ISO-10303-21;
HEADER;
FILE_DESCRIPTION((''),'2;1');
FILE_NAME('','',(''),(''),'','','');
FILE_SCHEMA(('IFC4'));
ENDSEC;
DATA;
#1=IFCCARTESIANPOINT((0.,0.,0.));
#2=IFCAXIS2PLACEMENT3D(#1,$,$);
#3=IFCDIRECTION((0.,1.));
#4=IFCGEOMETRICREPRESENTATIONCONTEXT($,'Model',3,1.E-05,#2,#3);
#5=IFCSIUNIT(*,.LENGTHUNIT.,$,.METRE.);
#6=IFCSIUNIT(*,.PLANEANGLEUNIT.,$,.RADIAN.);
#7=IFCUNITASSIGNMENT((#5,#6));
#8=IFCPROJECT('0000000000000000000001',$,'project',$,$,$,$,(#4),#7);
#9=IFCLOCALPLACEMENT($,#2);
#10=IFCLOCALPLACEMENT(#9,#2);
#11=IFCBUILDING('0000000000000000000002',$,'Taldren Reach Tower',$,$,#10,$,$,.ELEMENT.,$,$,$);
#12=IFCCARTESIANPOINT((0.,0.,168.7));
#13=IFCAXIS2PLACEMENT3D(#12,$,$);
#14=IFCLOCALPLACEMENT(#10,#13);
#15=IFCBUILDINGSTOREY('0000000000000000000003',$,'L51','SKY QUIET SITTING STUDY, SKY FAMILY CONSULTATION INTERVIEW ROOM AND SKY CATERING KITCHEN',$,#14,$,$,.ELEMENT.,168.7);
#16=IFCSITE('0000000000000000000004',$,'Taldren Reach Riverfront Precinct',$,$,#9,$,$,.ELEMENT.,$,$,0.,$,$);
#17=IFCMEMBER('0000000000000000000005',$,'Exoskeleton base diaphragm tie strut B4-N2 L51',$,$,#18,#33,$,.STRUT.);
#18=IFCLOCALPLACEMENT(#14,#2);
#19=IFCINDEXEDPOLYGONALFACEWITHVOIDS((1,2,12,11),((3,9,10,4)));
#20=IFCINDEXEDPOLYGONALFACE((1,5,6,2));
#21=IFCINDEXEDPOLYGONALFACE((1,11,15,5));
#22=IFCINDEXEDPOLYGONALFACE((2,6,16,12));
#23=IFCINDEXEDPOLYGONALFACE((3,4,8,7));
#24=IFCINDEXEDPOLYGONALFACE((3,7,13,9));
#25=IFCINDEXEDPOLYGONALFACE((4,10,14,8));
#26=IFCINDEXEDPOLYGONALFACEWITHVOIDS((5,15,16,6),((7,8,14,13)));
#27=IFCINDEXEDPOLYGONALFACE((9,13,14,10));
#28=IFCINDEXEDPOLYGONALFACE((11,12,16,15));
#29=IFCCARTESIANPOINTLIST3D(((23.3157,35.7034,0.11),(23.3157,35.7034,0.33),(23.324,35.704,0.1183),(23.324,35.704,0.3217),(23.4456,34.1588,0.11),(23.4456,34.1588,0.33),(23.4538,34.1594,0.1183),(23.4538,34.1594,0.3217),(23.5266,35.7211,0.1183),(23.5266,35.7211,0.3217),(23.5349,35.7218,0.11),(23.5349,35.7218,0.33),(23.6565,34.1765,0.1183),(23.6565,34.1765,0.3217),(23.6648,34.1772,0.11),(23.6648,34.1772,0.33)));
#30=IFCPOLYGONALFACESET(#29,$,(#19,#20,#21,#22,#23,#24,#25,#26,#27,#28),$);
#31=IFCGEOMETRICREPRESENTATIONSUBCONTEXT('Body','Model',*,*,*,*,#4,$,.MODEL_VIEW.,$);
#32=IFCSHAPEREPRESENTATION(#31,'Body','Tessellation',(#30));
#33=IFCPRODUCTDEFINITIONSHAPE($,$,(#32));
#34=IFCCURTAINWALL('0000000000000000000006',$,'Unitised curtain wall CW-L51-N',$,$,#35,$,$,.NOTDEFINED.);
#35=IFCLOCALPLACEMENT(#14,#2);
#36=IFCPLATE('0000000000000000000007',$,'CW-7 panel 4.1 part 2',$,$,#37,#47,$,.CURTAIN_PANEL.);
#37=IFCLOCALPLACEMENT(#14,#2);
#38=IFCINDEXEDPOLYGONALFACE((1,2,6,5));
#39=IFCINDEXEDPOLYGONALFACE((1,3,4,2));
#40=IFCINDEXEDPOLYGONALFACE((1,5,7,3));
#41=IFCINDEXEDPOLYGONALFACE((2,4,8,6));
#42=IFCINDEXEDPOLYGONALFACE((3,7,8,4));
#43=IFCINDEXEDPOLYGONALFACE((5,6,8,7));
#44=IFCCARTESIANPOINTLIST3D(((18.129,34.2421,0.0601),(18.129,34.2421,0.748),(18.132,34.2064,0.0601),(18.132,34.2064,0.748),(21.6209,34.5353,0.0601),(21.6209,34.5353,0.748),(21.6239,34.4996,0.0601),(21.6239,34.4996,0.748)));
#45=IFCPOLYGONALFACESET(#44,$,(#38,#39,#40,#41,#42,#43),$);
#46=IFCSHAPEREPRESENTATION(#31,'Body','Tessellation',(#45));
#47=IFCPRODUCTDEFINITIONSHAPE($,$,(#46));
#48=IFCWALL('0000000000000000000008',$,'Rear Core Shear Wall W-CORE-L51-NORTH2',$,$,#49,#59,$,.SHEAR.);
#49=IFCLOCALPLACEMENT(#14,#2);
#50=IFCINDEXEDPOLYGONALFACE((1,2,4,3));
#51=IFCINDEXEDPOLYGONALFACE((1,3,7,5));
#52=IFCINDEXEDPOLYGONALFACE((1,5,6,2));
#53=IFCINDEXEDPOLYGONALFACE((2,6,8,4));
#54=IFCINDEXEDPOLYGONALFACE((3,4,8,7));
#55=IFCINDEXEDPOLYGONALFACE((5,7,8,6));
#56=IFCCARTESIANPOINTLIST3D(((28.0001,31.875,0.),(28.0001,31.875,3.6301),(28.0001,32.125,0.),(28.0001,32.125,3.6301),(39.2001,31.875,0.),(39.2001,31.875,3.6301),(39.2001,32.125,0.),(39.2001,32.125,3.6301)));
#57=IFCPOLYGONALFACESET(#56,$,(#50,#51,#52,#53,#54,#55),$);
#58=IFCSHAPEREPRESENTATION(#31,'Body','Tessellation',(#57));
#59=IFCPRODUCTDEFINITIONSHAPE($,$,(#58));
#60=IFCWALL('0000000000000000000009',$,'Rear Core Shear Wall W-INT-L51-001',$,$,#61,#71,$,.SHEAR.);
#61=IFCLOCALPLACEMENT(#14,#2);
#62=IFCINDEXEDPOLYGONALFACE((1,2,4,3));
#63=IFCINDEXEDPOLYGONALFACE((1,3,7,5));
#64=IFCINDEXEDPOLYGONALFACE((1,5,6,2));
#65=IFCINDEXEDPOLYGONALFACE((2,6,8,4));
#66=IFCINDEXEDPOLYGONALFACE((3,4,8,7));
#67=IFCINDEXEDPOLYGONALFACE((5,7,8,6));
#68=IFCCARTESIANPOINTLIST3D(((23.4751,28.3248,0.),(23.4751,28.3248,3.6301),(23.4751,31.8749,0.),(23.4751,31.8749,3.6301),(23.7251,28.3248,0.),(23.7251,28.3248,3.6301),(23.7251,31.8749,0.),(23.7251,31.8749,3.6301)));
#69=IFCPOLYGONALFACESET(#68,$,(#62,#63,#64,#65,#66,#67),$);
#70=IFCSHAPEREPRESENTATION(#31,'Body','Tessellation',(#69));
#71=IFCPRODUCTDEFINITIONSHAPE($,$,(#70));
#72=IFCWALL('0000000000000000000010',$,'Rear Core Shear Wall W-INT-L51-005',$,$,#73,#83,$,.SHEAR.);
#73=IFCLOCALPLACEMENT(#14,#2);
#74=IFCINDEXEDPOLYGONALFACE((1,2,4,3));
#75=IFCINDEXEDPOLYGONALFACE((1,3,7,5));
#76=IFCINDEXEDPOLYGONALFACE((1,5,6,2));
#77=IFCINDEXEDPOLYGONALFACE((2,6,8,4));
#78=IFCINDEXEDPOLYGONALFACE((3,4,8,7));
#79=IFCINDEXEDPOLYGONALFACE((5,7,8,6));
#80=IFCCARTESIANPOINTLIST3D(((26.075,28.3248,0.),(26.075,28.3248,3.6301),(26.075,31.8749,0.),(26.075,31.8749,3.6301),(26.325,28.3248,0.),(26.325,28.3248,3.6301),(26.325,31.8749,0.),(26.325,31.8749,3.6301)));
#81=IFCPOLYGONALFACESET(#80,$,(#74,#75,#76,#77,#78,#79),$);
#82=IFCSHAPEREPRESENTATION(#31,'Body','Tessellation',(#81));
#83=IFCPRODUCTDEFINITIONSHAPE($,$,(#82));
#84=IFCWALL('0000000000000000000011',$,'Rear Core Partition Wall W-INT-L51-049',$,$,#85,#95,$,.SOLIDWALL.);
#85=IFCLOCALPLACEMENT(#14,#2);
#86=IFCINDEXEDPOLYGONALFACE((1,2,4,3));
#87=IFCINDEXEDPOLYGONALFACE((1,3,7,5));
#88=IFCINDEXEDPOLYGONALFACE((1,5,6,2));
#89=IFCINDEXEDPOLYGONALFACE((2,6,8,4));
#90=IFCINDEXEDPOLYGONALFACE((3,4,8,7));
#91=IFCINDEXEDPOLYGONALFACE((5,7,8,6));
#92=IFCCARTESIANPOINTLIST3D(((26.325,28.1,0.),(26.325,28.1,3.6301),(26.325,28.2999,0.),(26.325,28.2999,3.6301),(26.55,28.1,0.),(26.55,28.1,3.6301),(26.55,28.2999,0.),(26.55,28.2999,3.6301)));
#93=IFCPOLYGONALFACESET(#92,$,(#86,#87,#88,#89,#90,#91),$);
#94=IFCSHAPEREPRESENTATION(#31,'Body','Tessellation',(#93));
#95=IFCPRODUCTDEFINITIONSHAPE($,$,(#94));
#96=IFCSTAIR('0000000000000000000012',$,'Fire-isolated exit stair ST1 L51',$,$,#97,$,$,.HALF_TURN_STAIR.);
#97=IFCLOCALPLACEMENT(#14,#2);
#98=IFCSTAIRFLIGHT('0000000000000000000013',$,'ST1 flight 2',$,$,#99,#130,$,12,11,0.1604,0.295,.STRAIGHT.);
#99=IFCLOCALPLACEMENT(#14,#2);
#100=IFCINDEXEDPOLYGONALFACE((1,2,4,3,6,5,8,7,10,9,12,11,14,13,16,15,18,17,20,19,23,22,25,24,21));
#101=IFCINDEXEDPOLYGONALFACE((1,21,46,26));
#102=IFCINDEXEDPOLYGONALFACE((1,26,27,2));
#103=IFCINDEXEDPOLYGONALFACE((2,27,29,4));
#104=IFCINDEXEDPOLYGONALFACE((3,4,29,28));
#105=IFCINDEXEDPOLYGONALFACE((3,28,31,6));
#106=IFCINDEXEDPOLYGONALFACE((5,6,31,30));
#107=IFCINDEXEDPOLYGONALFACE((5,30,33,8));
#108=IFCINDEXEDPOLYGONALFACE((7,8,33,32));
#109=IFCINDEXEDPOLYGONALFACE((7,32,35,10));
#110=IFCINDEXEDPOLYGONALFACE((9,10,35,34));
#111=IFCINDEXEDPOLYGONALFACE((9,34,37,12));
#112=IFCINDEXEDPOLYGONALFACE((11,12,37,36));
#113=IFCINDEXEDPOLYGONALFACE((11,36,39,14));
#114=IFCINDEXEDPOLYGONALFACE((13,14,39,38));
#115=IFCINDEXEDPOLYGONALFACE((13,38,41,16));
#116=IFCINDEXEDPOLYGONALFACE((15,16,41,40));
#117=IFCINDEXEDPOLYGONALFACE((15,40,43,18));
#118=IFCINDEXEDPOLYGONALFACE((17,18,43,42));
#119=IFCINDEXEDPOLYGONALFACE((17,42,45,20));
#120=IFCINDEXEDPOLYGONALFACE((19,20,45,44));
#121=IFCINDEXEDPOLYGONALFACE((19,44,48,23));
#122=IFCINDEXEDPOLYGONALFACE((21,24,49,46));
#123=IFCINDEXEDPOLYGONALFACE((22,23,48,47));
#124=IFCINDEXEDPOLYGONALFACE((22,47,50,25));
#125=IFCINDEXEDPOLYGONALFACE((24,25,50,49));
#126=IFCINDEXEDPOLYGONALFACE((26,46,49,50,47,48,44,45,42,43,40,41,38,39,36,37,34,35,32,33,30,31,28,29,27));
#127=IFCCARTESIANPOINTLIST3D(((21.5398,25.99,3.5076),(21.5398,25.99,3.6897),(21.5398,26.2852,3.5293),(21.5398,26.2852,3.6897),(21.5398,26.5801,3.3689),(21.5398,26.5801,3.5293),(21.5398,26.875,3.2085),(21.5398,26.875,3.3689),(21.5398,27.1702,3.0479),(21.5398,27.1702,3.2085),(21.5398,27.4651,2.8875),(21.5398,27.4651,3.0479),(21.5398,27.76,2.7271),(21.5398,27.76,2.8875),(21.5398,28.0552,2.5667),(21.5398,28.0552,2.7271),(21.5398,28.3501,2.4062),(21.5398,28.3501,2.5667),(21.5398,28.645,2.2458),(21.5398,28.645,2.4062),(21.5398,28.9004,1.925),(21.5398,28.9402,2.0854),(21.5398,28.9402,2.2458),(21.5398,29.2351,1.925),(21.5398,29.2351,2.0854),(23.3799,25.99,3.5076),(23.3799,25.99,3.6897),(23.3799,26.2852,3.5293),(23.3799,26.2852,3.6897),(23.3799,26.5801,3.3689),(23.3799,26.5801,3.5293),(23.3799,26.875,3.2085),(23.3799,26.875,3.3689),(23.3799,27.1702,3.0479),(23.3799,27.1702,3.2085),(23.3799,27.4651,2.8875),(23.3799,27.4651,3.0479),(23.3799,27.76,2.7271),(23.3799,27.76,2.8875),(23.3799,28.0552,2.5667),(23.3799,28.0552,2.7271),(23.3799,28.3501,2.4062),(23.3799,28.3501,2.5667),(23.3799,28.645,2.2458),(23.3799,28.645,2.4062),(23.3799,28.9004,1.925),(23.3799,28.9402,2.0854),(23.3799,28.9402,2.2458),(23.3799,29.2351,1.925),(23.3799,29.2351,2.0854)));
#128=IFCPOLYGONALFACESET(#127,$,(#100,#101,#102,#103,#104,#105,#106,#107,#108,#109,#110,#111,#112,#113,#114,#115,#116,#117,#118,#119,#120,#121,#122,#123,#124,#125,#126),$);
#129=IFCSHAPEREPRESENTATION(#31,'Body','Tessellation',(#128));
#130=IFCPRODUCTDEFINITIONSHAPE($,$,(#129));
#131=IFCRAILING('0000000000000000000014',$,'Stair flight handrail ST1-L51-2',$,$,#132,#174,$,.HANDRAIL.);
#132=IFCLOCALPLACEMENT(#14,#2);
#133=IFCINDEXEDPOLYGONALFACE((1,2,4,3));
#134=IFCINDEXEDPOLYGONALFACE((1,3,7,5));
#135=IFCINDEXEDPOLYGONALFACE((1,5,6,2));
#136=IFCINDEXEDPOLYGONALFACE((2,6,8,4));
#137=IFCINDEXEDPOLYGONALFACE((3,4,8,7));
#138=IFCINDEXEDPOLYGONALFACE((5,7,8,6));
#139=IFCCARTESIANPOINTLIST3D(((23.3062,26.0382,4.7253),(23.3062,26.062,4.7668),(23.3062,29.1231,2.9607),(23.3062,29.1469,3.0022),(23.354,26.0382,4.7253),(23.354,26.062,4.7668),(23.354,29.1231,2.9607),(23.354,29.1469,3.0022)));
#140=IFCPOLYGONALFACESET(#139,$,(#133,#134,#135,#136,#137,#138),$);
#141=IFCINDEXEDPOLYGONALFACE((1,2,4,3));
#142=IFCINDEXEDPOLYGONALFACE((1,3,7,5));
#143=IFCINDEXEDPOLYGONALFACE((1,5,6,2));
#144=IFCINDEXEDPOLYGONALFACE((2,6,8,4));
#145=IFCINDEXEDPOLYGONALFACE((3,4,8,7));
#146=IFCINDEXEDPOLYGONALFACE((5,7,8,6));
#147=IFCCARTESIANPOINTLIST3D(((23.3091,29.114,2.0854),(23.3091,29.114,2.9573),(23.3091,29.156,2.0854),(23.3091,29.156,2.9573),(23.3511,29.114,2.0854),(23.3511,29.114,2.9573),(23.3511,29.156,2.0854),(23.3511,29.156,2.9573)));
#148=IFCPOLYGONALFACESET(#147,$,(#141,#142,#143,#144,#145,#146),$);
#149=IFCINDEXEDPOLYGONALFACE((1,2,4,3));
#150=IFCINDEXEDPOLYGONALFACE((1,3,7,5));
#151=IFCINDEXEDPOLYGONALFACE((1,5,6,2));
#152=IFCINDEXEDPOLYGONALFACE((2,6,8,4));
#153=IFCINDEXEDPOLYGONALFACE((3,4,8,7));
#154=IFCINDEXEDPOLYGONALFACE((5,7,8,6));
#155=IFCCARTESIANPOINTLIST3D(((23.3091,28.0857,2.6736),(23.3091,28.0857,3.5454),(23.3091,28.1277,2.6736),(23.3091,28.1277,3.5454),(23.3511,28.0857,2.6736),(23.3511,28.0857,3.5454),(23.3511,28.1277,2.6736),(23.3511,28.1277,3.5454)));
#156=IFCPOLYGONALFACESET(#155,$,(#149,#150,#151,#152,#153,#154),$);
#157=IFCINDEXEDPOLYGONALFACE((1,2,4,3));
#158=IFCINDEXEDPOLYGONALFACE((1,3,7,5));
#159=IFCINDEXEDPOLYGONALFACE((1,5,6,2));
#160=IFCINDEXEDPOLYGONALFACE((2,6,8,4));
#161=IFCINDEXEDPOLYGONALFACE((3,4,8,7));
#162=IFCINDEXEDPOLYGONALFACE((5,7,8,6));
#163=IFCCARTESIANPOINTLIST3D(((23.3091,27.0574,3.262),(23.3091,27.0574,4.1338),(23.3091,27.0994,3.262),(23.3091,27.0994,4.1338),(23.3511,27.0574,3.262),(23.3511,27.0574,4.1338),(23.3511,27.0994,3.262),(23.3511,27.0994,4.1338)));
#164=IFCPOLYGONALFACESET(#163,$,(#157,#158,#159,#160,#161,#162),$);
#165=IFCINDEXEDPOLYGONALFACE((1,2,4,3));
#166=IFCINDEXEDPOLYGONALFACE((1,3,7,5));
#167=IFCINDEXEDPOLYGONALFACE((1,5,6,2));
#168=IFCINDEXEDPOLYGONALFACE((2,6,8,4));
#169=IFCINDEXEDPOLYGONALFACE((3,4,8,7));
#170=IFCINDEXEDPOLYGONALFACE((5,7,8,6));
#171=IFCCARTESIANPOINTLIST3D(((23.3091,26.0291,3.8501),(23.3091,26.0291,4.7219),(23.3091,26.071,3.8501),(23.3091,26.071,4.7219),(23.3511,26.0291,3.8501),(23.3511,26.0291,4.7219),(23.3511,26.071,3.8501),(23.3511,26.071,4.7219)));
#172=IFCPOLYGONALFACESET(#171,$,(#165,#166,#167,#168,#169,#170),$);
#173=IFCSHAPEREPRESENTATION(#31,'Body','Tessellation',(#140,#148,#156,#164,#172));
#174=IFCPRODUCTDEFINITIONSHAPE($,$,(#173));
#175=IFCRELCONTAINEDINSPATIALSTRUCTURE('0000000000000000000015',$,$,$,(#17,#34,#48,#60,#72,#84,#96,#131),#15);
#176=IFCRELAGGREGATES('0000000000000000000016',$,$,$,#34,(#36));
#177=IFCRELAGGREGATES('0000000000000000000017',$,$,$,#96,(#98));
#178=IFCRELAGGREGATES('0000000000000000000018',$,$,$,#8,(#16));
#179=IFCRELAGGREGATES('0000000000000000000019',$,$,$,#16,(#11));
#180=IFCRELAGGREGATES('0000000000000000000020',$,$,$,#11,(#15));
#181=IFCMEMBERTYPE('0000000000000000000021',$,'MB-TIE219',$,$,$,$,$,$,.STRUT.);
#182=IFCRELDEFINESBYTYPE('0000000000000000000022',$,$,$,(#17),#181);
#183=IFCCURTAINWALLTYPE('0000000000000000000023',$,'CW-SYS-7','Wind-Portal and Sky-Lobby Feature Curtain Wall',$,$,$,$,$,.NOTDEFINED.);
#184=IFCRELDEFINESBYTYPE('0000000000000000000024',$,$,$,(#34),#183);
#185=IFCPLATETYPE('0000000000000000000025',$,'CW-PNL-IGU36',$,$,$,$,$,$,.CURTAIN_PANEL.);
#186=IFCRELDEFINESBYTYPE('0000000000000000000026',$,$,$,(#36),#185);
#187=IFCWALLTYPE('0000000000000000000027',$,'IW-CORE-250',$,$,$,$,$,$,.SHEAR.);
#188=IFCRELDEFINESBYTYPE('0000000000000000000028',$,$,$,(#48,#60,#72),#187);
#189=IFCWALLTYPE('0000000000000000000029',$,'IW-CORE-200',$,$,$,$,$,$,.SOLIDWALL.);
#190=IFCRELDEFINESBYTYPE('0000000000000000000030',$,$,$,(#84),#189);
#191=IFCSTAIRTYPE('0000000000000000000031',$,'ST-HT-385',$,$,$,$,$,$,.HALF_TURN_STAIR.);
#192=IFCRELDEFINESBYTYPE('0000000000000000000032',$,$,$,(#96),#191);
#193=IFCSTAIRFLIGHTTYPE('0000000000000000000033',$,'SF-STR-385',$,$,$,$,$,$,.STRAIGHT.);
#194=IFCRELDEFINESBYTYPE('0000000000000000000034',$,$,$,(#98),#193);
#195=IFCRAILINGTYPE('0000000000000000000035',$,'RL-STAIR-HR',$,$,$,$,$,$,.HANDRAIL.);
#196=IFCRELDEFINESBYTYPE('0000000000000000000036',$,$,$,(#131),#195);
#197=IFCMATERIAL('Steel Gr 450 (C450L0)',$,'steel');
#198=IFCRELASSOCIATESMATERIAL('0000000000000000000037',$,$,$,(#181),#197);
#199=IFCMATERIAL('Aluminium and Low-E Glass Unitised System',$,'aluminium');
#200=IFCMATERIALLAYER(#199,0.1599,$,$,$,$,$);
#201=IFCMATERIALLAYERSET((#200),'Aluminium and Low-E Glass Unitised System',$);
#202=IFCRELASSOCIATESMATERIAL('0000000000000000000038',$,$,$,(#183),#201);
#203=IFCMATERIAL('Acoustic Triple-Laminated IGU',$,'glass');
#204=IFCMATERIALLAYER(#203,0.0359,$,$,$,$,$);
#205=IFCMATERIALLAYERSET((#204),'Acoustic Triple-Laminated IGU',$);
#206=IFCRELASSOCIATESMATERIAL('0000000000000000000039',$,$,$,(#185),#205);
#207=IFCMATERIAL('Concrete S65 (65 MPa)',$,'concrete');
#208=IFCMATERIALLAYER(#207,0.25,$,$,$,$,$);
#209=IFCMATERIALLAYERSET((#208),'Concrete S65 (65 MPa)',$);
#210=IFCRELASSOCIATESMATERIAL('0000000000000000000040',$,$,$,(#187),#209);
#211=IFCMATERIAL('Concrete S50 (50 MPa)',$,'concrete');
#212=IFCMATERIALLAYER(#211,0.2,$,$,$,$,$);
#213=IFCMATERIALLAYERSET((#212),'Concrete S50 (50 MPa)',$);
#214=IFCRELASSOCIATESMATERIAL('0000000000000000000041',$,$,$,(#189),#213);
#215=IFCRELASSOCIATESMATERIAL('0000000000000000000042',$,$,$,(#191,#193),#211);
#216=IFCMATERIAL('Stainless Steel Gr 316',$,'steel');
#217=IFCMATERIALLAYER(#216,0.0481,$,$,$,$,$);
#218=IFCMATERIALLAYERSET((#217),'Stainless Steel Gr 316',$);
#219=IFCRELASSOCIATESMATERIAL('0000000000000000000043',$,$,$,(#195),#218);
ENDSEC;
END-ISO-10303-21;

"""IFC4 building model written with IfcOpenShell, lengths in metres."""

from ifc_helpers import new_model, si_unit, direction, frame, frame_2d, origin, origin_2d, place, context, subcontext, project, spatial, polyline, rectangle, hollow_rectangle, outline, extrude, source, transform, mapped, material, layer, layer_set, material_profile, profile_set, type_object, element, aggregate, save


model = new_model("IFC4")

# Units and contexts
model_context = context("Model", 3, precision=1e-05, world=origin(), true_north=direction((0.0, 1.0)))
body_context = subcontext(model_context, "Body", "Model", "MODEL_VIEW")
ifc_project = project(units=[si_unit("LENGTHUNIT", "METRE"), si_unit("PLANEANGLEUNIT", "RADIAN")], contexts=[model_context])

# Site, building, storey
site_placement = place(None, origin())
site = spatial("IfcSite", under=ifc_project, at=site_placement, Name="Taldren Reach Riverfront Precinct", CompositionType="ELEMENT", RefElevation=0.0)
building_placement = place(site_placement, origin())
building = spatial("IfcBuilding", under=site, at=building_placement, Name="Taldren Reach Tower", CompositionType="ELEMENT")
storey_placement = place(building_placement, frame((0.0, 0.0, 168.7)))
storey = spatial("IfcBuildingStorey", under=building, at=storey_placement, Name="L51", Description="SKY QUIET SITTING STUDY, SKY FAMILY CONSULTATION INTERVIEW ROOM AND SKY CATERING KITCHEN", CompositionType="ELEMENT", Elevation=168.7)

# Shared definitions
ifc_material_1 = material(Name="Steel Gr 450 (C450L0)", Category="steel")

# Member
ifc_material_profile_1 = material_profile(ifc_material_1, hollow_rectangle(XDim=0.22, YDim=0.22, WallThickness=0.0083, at=origin_2d()), Name="220x220x8.2SHS")
ifc_profile_set_1 = profile_set([ifc_material_profile_1], Name="Steel Gr 450 (C450L0)")
member_type_1 = type_object("IfcMemberType", Name="MB-TIE219", PredefinedType="STRUT", material=ifc_profile_set_1)
shared_shape_1 = source(origin(), body_context, "Body", "SweptSolid", [
    extrude(hollow_rectangle(XDim=0.22, YDim=0.22, WallThickness=0.0083, at=origin_2d()), origin(), (0.0, 0.0, 1.0), 1.55),
])
for number, where, z_axis, x_axis, name in (
    (1, (23.5552, 34.168, 0.22), (-0.083788, 0.996484, 0.0), (-0.996484, -0.083788, 0.0), "Exoskeleton base diaphragm tie strut B4-N2 L51"),
):
    element("IfcMember", number, at=place(storey_placement, frame(where, z_axis=z_axis, x_axis=x_axis)), inside=storey, type_object=member_type_1, Name=name, PredefinedType="STRUT", context=body_context, shape_type="MappedRepresentation", body=[
        mapped(shared_shape_1, transform((0.0, 0.0, 0.0), scale=1.0)),
    ])

# Curtain wall, plate
ifc_material_2 = material(Name="Aluminium and Low-E Glass Unitised System", Category="aluminium")
ifc_layer_1 = layer(ifc_material_2, 0.1599)
ifc_layer_set_1 = layer_set([ifc_layer_1], Name="Aluminium and Low-E Glass Unitised System")
curtain_wall_type = type_object("IfcCurtainWallType", Name="CW-SYS-7", Description="Wind-Portal and Sky-Lobby Feature Curtain Wall", PredefinedType="NOTDEFINED", material=ifc_layer_set_1)
curtain_wall_placement = place(storey_placement, origin())
curtain_wall = element("IfcCurtainWall", 2, at=curtain_wall_placement, inside=storey, type_object=curtain_wall_type, Name="Unitised curtain wall CW-L51-N", PredefinedType="NOTDEFINED")
ifc_material_3 = material(Name="Acoustic Triple-Laminated IGU", Category="glass")
ifc_layer_2 = layer(ifc_material_3, 0.0359)
ifc_layer_set_2 = layer_set([ifc_layer_2], Name="Acoustic Triple-Laminated IGU")
plate_type = type_object("IfcPlateType", Name="CW-PNL-IGU36", PredefinedType="CURTAIN_PANEL", material=ifc_layer_set_2)
shared_shape_2 = source(origin(), body_context, "Body", "SweptSolid", [
    extrude(rectangle(XDim=3.5042, YDim=0.0359, at=origin_2d()), origin(), (0.0, 0.0, 1.0), 0.688),
])
plate_placement = place(storey_placement, frame((19.8765, 34.3708, 0.0601), z_axis=(0.0, 0.0, 1.0), x_axis=(-0.996493, -0.083678, 0.0)))
plate = element("IfcPlate", 3, at=plate_placement, type_object=plate_type, Name="CW-7 panel 4.1 part 2", PredefinedType="CURTAIN_PANEL", context=body_context, shape_type="MappedRepresentation", body=[
    mapped(shared_shape_2, transform((0.0, 0.0, 0.0), scale=1.0)),
])
aggregate(curtain_wall, [plate])

# Walls
ifc_material_4 = material(Name="Concrete S65 (65 MPa)", Category="concrete")
ifc_layer_3 = layer(ifc_material_4, 0.25)
ifc_layer_set_3 = layer_set([ifc_layer_3], Name="Concrete S65 (65 MPa)")
wall_type_1 = type_object("IfcWallType", Name="IW-CORE-250", PredefinedType="SHEAR", material=ifc_layer_set_3)
shared_shape_3 = source(origin(), body_context, "Body", "SweptSolid", [
    extrude(rectangle(XDim=11.2, YDim=0.25, at=frame_2d((5.6001, 0.0))), origin(), (0.0, 0.0, 1.0), 3.6301),
])
wall_1_placement = place(storey_placement, frame((28.0, 32.0, 0.0), z_axis=(0.0, 0.0, 1.0), x_axis=(1.0, 0.0, 0.0)))
element("IfcWall", 4, at=wall_1_placement, inside=storey, type_object=wall_type_1, Name="Rear Core Shear Wall W-CORE-L51-NORTH2", PredefinedType="SHEAR", context=body_context, shape_type="MappedRepresentation", body=[
    mapped(shared_shape_3, transform((0.0, 0.0, 0.0), scale=1.0)),
])
shared_shape_4 = source(origin(), body_context, "Body", "SweptSolid", [
    extrude(rectangle(XDim=3.55, YDim=0.25, at=frame_2d((1.7749, 0.0))), origin(), (0.0, 0.0, 1.0), 3.6301),
])
for number, where, z_axis, x_axis, name in (
    (5, (23.6001, 28.325, 0.0), (0.0, 0.0, 1.0), (0.0, 1.0, 0.0), "Rear Core Shear Wall W-INT-L51-001"),
    (6, (26.2, 28.325, 0.0), (0.0, 0.0, 1.0), (0.0, 1.0, 0.0), "Rear Core Shear Wall W-INT-L51-005"),
):
    element("IfcWall", number, at=place(storey_placement, frame(where, z_axis=z_axis, x_axis=x_axis)), inside=storey, type_object=wall_type_1, Name=name, PredefinedType="SHEAR", context=body_context, shape_type="MappedRepresentation", body=[
        mapped(shared_shape_4, transform((0.0, 0.0, 0.0), scale=1.0)),
    ])

# Wall
ifc_material_5 = material(Name="Concrete S50 (50 MPa)", Category="concrete")
ifc_layer_4 = layer(ifc_material_5, 0.2)
ifc_layer_set_4 = layer_set([ifc_layer_4], Name="Concrete S50 (50 MPa)")
wall_type_2 = type_object("IfcWallType", Name="IW-CORE-200", PredefinedType="SOLIDWALL", material=ifc_layer_set_4)
shared_shape_5 = source(origin(), body_context, "Body", "SweptSolid", [
    extrude(rectangle(XDim=0.2251, YDim=0.2, at=frame_2d((0.1125, 0.0))), origin(), (0.0, 0.0, 1.0), 3.6301),
])
wall_2_placement = place(storey_placement, frame((26.325, 28.2, 0.0), z_axis=(0.0, 0.0, 1.0), x_axis=(1.0, 0.0, 0.0)))
element("IfcWall", 7, at=wall_2_placement, inside=storey, type_object=wall_type_2, Name="Rear Core Partition Wall W-INT-L51-049", PredefinedType="SOLIDWALL", context=body_context, shape_type="MappedRepresentation", body=[
    mapped(shared_shape_5, transform((0.0, 0.0, 0.0), scale=1.0)),
])

# Stair, stair flight
stair_type = type_object("IfcStairType", Name="ST-HT-385", PredefinedType="HALF_TURN_STAIR", material=ifc_material_5)
stair_placement = place(storey_placement, origin())
stair = element("IfcStair", 8, at=stair_placement, inside=storey, type_object=stair_type, Name="Fire-isolated exit stair ST1 L51", PredefinedType="HALF_TURN_STAIR")
stair_flight_type = type_object("IfcStairFlightType", Name="SF-STR-385", PredefinedType="STRAIGHT", material=ifc_material_5)
stair_flight_placement = place(storey_placement, frame((22.46, 29.2351, 1.925), z_axis=(0.0, 0.0, 1.0), x_axis=(0.0, -1.0, 0.0)))
stair_flight = element("IfcStairFlight", 9, at=stair_flight_placement, type_object=stair_flight_type, Name="ST1 flight 2", NumberOfRisers=12, NumberOfTreads=11, PredefinedType="STRAIGHT", RiserHeight=0.1604, TreadLength=0.295, context=body_context, shape_type="SweptSolid", body=[
    extrude(outline(polyline([(0.0, 0.0), (0.0, 0.1604), (0.2949, 0.1604), (0.2949, 0.3208), (0.5901, 0.3208), (0.5901, 0.4812), (0.885, 0.4812), (0.885, 0.6416), (1.1799, 0.6416), (1.1799, 0.802), (1.4751, 0.802), (1.4751, 0.9624), (1.77, 0.9624), (1.77, 1.1228), (2.0649, 1.1228), (2.0649, 1.2834), (2.3601, 1.2834), (2.3601, 1.4438), (2.655, 1.4438), (2.655, 1.6042), (2.95, 1.6042), (2.95, 1.7646), (3.2451, 1.7646), (3.2451, 1.925), (3.2451, 1.5825), (0.3347, 0.0), (0.0, 0.0)])), frame((0.0, 0.9199, 0.0), z_axis=(0.0, -1.0, 0.0), x_axis=(1.0, 0.0, 0.0)), (0.0, 0.0, 1.0), 1.8401),
])
aggregate(stair, [stair_flight])

# Railing
ifc_material_6 = material(Name="Stainless Steel Gr 316", Category="steel")
ifc_layer_5 = layer(ifc_material_6, 0.0481)
ifc_layer_set_5 = layer_set([ifc_layer_5], Name="Stainless Steel Gr 316")
railing_type = type_object("IfcRailingType", Name="RL-STAIR-HR", PredefinedType="HANDRAIL", material=ifc_layer_set_5)
railing_placement = place(storey_placement, frame((23.3301, 29.135, 2.0854)))
element("IfcRailing", 10, at=railing_placement, inside=storey, type_object=railing_type, Name="Stair flight handrail ST1-L51-2", PredefinedType="HANDRAIL", context=body_context, shape_type="SweptSolid", body=[
    extrude(rectangle(XDim=0.0479, YDim=0.0479, at=origin_2d()), frame((0.0, 0.0, 0.896), z_axis=(0.0, -0.868023, 0.496524), x_axis=(1.0, 0.0, 0.0)), (0.0, 0.0, 1.0), 3.554),
    extrude(rectangle(XDim=0.042, YDim=0.042, at=origin_2d()), origin(), (0.0, 0.0, 1.0), 0.8718),
    extrude(rectangle(XDim=0.042, YDim=0.042, at=origin_2d()), frame((0.0, -1.0283, 0.5881)), (0.0, 0.0, 1.0), 0.8718),
    extrude(rectangle(XDim=0.042, YDim=0.042, at=origin_2d()), frame((0.0, -2.0566, 1.1765)), (0.0, 0.0, 1.0), 0.8718),
    extrude(rectangle(XDim=0.042, YDim=0.042, at=origin_2d()), frame((0.0, -3.085, 1.7646)), (0.0, 0.0, 1.0), 0.8718),
])

save(model, "model.ifc")
